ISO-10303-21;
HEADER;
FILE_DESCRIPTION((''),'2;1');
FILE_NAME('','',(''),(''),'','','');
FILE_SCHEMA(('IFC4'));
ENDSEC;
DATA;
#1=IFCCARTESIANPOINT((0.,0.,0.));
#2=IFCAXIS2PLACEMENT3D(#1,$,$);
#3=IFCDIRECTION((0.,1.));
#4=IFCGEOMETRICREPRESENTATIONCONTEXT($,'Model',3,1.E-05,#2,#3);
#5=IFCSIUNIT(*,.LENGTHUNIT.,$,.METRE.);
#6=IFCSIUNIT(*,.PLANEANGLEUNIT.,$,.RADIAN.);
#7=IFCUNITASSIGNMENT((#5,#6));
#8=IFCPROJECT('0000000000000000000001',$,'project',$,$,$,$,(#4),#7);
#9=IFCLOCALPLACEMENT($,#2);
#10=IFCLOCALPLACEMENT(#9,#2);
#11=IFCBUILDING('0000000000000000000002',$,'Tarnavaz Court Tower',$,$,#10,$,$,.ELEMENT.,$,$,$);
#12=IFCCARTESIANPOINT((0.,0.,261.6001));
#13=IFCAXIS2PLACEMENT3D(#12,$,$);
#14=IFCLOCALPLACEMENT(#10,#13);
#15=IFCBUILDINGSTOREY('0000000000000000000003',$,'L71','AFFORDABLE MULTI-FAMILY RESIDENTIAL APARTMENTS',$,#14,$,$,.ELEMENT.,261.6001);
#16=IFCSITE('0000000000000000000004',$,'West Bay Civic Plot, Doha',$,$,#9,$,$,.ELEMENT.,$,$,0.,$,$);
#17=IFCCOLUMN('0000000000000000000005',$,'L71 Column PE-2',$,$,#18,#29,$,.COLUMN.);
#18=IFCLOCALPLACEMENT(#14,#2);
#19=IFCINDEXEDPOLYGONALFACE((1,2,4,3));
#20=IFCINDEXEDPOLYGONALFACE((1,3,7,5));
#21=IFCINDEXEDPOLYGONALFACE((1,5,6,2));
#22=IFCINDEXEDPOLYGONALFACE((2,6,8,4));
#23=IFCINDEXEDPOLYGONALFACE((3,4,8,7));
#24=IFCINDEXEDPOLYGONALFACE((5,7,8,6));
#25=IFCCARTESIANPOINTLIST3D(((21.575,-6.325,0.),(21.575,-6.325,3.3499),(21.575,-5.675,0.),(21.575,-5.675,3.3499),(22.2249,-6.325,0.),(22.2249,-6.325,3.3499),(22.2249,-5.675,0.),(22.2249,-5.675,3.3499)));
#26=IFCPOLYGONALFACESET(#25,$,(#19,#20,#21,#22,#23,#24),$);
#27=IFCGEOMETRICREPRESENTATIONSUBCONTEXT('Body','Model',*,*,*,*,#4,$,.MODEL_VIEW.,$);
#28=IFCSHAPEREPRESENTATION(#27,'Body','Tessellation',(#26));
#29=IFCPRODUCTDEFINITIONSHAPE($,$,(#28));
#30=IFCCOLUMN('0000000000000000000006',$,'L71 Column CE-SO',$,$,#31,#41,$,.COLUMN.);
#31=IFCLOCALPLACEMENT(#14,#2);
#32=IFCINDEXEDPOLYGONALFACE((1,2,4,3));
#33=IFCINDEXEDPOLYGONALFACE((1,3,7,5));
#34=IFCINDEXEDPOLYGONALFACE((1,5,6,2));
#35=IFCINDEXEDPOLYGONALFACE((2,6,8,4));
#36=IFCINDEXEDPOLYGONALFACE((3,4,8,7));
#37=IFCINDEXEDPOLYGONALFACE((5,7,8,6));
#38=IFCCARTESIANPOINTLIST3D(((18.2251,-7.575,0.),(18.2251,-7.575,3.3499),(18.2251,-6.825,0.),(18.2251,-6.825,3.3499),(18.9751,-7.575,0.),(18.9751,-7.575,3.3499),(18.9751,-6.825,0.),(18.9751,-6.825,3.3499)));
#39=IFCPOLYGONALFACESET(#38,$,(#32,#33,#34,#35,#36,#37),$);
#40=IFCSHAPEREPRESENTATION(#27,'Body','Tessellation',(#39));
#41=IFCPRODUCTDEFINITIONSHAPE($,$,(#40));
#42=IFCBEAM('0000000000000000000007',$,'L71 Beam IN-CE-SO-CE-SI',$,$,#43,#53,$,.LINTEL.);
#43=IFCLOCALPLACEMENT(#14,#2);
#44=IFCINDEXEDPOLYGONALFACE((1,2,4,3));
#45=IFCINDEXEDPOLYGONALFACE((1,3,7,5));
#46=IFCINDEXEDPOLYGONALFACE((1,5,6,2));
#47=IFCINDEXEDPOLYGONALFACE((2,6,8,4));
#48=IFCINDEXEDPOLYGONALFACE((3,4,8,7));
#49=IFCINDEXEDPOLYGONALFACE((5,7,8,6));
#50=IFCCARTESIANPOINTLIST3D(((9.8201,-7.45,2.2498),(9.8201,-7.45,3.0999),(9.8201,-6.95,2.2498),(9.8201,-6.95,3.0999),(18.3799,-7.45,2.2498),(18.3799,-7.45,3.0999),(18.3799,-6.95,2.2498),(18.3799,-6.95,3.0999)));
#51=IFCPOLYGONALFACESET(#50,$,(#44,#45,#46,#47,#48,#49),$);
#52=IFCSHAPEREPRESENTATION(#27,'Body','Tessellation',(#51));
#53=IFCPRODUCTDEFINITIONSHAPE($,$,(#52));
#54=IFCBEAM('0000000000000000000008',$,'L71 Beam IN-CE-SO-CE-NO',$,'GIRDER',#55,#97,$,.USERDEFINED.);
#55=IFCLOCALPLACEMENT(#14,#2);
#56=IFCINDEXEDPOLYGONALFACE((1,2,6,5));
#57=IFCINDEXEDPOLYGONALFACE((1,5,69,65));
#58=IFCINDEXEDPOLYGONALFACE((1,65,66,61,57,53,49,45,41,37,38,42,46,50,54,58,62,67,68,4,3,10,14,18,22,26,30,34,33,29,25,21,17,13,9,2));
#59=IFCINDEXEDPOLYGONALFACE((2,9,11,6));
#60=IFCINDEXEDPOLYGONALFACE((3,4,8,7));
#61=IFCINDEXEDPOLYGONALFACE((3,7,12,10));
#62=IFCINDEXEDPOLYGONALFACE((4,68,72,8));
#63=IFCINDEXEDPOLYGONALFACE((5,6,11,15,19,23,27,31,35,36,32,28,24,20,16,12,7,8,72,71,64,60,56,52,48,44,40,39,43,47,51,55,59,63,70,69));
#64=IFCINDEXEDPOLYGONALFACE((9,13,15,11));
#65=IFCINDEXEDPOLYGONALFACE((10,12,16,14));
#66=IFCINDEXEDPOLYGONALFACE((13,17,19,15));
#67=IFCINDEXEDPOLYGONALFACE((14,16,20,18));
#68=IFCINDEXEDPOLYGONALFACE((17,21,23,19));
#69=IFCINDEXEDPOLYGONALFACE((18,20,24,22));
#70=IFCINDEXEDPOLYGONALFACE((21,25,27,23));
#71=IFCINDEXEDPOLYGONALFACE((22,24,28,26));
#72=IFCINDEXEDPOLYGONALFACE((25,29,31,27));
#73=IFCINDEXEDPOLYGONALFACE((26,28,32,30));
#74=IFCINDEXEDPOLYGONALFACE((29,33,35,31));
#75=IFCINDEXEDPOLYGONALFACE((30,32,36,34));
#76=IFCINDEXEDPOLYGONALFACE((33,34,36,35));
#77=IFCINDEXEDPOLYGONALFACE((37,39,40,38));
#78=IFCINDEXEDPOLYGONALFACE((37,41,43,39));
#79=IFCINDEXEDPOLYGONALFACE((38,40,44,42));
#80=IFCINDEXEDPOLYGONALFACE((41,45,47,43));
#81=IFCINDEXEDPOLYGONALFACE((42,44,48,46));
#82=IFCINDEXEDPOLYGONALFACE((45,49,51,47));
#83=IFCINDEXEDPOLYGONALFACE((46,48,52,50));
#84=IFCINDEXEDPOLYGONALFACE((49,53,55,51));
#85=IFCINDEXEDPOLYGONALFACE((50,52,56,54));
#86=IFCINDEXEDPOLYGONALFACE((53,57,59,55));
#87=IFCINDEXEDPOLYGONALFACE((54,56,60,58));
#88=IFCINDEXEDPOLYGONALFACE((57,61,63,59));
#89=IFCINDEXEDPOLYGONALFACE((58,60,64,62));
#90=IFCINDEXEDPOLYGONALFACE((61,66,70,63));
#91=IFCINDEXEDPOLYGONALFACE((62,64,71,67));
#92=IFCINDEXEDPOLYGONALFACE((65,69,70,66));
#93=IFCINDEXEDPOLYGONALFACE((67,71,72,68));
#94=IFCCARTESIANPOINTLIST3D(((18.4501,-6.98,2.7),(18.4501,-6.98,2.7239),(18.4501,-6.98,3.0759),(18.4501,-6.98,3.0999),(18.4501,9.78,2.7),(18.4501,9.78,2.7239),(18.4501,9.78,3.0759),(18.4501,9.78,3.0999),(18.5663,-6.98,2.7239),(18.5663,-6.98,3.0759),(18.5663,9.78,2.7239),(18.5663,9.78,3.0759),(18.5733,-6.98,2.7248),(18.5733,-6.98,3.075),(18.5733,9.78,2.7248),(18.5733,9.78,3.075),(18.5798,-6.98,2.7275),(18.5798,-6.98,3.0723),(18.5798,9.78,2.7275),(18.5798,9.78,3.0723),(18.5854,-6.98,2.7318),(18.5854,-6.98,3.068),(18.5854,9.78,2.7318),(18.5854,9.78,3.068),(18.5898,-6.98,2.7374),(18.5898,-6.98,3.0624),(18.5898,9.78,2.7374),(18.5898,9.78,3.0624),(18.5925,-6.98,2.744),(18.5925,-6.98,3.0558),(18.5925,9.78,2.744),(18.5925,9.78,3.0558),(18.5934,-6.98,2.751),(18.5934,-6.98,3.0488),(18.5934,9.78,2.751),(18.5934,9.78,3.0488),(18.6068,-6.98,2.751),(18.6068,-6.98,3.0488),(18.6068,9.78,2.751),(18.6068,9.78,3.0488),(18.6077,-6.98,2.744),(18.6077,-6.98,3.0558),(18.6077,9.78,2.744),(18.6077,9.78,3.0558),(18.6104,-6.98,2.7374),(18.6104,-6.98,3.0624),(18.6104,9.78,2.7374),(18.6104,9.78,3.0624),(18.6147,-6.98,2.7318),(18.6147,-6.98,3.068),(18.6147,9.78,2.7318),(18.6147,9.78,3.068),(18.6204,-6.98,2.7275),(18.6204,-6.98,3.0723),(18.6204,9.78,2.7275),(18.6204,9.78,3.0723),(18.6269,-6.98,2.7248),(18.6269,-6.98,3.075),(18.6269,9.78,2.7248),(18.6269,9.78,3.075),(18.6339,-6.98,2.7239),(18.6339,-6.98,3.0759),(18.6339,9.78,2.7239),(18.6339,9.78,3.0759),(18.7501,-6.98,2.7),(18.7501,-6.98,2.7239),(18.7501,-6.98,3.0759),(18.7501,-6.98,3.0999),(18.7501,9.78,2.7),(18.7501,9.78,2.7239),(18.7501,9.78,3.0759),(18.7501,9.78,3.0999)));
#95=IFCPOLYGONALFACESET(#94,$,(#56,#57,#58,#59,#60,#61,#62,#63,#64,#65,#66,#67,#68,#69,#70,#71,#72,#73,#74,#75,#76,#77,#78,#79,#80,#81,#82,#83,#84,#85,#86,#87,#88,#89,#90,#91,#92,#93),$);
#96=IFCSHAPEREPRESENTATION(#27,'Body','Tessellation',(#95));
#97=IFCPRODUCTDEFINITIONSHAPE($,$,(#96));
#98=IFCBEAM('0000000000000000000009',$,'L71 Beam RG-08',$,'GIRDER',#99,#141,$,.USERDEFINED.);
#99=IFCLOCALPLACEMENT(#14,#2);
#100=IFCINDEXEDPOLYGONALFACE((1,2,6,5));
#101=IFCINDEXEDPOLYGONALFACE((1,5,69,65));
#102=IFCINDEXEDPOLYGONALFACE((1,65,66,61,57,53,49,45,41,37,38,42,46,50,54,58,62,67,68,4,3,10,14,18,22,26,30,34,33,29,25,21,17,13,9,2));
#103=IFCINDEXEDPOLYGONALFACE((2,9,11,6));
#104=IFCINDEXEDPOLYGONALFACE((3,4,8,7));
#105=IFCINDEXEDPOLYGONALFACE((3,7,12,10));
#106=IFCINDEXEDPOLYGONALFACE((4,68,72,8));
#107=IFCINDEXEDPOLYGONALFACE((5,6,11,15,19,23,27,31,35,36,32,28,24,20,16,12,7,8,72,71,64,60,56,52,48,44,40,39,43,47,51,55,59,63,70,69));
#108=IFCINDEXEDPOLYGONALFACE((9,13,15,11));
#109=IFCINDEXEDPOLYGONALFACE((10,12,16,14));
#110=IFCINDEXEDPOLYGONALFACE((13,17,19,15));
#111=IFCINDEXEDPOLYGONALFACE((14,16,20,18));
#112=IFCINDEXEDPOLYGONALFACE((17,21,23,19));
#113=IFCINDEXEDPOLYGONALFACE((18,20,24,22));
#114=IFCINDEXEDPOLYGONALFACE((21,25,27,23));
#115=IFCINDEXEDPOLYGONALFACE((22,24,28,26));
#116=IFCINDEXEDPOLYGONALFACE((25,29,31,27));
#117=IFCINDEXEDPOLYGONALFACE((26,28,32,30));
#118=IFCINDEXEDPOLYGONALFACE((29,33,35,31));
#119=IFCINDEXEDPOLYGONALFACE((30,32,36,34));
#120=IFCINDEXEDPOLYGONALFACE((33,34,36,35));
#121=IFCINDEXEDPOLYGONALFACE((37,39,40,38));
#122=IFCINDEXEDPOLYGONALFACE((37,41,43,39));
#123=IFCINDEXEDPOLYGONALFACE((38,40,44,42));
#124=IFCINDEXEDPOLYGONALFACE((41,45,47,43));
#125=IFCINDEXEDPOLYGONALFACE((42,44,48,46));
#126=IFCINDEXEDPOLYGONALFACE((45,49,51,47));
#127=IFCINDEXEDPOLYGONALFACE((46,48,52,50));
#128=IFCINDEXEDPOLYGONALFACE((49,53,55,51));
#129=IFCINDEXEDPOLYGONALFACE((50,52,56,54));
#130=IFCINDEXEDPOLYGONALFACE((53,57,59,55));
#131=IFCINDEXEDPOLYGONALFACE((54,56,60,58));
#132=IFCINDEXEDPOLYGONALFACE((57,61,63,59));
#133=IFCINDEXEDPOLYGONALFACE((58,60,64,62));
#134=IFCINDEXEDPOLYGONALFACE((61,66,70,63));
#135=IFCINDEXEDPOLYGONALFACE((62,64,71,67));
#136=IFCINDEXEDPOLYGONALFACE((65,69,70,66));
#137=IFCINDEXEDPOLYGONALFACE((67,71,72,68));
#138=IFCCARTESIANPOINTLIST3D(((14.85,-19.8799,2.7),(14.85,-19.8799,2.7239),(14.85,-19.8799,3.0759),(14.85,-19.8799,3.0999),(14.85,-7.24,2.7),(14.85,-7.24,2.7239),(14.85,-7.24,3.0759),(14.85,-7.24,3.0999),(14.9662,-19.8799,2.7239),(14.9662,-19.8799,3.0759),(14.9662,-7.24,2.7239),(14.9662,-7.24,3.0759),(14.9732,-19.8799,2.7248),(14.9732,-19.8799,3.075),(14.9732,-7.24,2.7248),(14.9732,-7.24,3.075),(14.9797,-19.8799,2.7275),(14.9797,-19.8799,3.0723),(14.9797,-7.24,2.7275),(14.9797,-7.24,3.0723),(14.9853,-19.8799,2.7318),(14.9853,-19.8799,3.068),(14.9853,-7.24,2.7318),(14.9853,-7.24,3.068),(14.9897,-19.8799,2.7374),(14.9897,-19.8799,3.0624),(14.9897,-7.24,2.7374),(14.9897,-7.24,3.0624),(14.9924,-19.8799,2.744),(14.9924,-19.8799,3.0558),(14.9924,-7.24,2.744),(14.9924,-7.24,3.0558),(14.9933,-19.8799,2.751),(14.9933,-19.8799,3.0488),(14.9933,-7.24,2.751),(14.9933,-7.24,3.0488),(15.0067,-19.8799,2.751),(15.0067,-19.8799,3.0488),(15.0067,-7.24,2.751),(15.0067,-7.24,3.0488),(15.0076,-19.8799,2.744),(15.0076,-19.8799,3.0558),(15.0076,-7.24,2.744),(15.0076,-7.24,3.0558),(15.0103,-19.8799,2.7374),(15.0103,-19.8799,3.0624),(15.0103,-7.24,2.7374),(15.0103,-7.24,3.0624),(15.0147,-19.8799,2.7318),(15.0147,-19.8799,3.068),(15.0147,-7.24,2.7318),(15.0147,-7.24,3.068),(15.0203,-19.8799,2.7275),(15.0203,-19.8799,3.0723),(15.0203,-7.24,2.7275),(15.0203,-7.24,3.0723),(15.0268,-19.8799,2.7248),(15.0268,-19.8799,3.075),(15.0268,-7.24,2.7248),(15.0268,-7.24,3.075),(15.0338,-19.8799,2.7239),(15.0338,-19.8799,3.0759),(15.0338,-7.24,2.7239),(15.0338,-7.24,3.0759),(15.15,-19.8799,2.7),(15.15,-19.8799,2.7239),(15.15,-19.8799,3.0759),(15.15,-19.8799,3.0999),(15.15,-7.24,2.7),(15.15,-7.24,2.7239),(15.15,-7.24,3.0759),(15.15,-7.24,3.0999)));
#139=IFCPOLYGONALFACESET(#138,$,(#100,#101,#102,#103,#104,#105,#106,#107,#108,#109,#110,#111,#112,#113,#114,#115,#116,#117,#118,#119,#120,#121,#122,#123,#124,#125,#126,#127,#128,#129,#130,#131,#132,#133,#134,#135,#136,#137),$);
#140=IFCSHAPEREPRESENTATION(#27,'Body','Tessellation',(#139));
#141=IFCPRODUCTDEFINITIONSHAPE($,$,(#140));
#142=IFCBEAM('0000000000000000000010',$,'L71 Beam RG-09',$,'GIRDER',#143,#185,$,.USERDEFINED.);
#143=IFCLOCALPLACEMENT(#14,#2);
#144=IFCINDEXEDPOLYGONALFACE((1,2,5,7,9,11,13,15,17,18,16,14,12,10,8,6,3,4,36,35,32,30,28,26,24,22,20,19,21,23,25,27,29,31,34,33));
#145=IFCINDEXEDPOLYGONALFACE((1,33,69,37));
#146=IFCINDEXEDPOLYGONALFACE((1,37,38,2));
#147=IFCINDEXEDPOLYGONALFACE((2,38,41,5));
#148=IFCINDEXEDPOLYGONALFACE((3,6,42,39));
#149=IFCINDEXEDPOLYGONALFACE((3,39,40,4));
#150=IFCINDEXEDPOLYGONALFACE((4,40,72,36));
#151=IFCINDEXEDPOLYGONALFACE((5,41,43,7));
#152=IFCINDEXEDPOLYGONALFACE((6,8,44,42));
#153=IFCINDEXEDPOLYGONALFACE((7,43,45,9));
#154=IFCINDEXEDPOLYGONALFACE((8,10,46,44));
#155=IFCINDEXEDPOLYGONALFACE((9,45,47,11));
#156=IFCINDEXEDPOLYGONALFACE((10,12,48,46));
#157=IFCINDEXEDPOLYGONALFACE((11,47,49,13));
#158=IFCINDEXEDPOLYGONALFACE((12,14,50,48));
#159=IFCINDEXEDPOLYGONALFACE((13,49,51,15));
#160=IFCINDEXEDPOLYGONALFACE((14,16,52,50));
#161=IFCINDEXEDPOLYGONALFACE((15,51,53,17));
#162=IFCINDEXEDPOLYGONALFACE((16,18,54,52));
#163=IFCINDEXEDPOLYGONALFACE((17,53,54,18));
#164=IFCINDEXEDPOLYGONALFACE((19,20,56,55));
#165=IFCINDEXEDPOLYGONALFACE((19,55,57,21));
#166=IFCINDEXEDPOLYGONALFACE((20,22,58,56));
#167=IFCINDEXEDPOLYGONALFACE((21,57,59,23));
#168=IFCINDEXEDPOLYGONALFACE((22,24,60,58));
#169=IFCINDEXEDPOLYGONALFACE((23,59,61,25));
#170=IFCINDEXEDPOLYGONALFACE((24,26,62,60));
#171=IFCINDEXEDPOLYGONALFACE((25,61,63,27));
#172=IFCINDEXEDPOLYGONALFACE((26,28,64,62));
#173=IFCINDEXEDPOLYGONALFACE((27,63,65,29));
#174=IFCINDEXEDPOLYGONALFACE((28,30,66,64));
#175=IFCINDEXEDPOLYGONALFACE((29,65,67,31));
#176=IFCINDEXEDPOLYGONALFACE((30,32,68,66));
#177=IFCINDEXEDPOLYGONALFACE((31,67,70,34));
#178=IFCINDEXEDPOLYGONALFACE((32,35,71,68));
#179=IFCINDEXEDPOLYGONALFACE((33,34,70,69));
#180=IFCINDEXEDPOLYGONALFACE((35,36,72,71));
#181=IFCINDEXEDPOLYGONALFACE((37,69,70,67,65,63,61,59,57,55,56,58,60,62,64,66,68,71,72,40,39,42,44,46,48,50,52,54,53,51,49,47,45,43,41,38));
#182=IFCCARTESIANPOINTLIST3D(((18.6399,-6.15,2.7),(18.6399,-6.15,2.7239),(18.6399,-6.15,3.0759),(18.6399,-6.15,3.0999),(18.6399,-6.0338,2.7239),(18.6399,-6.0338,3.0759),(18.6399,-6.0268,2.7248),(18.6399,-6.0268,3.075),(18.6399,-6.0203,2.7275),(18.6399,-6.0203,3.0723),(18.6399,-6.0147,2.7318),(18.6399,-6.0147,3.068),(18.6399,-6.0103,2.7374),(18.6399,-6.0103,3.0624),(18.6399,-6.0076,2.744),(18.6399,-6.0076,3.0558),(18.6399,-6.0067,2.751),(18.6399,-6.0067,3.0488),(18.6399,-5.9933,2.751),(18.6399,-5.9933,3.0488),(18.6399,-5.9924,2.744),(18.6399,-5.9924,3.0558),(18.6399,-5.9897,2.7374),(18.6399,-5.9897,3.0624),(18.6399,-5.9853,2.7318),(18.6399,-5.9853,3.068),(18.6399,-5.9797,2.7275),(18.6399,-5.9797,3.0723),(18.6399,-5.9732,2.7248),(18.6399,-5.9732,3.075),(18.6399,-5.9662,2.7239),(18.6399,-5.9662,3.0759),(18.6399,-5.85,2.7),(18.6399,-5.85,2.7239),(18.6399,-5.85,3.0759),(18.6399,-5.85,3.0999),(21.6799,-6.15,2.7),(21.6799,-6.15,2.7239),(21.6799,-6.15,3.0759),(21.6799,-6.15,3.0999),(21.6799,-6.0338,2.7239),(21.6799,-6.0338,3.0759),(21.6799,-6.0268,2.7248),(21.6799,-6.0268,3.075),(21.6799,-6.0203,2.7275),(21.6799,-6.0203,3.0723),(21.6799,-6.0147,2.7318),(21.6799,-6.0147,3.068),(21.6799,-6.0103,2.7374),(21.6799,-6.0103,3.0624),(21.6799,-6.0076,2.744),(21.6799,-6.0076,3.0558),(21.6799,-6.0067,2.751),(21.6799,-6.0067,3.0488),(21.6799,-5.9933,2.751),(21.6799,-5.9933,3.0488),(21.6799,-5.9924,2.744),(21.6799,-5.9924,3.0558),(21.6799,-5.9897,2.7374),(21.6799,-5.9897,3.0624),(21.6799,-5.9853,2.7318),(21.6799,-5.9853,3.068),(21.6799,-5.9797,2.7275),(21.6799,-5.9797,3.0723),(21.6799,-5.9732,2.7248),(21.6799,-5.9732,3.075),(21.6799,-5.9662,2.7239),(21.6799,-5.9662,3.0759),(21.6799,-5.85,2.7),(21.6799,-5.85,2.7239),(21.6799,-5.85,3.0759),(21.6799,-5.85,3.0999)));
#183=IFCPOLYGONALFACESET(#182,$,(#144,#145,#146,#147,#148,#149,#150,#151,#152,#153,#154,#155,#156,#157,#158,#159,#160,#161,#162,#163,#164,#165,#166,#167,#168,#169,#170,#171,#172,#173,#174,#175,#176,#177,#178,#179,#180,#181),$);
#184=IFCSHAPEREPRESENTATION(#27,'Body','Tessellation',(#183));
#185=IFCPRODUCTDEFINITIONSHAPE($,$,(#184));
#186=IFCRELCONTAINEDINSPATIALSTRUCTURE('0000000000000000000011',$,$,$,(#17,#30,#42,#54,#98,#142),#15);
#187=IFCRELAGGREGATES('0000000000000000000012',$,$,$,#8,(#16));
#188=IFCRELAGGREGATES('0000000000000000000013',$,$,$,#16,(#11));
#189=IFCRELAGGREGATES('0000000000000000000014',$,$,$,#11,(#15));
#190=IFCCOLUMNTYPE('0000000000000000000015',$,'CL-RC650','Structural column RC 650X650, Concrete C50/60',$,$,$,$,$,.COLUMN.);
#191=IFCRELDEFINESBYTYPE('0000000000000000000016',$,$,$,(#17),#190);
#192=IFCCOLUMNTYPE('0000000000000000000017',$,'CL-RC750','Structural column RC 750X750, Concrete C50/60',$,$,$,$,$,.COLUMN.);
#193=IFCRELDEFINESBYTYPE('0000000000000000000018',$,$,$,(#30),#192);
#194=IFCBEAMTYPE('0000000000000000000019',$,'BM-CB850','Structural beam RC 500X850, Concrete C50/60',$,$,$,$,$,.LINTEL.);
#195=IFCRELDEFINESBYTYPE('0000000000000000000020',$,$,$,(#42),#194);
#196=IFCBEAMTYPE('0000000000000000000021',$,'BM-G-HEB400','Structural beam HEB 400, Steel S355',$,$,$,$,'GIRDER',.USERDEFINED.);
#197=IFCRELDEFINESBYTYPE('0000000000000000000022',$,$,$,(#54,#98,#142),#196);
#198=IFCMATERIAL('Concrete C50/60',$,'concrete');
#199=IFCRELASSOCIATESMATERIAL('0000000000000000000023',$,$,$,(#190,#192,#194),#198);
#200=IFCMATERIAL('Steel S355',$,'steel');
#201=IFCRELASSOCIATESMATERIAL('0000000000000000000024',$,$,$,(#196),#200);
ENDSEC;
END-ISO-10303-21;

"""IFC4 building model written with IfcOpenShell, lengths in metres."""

from ifc_helpers import new_model, si_unit, direction, frame, origin, origin_2d, place, context, subcontext, project, spatial, rectangle, i_section, extrude, material, material_profile, profile_set, type_object, element, save


model = new_model("IFC4")

# Units and contexts
model_context = context("Model", 3, precision=1e-05, world=origin(), true_north=direction((0.0, 1.0)))
body_context = subcontext(model_context, "Body", "Model", "MODEL_VIEW")
ifc_project = project(units=[si_unit("LENGTHUNIT", "METRE"), si_unit("PLANEANGLEUNIT", "RADIAN")], contexts=[model_context])

# Site, building, storey
site_placement = place(None, origin())
site = spatial("IfcSite", under=ifc_project, at=site_placement, Name="West Bay Civic Plot, Doha", CompositionType="ELEMENT", RefElevation=0.0)
building_placement = place(site_placement, origin())
building = spatial("IfcBuilding", under=site, at=building_placement, Name="Tarnavaz Court Tower", CompositionType="ELEMENT")
storey_placement = place(building_placement, frame((0.0, 0.0, 261.6001)))
storey = spatial("IfcBuildingStorey", under=building, at=storey_placement, Name="L71", Description="AFFORDABLE MULTI-FAMILY RESIDENTIAL APARTMENTS", CompositionType="ELEMENT", Elevation=261.6001)

# Columns
ifc_material_1 = material(Name="Concrete C50/60", Category="concrete")
ifc_material_profile_1 = material_profile(ifc_material_1, rectangle(XDim=0.6499, YDim=0.6499, at=origin_2d()), Name="RC 650X650")
ifc_profile_set_1 = profile_set([ifc_material_profile_1], Name="Concrete C50/60")
column_type_1 = type_object("IfcColumnType", Name="CL-RC650", Description="Structural column RC 650X650, Concrete C50/60", PredefinedType="COLUMN", material=ifc_profile_set_1)
column_1_placement = place(storey_placement, frame((21.8999, -6.0, 0.0), z_axis=(0.0, 0.0, 1.0), x_axis=(1.0, 0.0, 0.0)))
element("IfcColumn", 1, at=column_1_placement, inside=storey, type_object=column_type_1, Name="L71 Column PE-2", PredefinedType="COLUMN", context=body_context, shape_type="SweptSolid", body=[
    extrude(rectangle(XDim=0.6499, YDim=0.6499, at=origin_2d()), origin(), (0.0, 0.0, 1.0), 3.3499),
])
ifc_material_profile_2 = material_profile(ifc_material_1, rectangle(XDim=0.75, YDim=0.75, at=origin_2d()), Name="RC 750X750")
ifc_profile_set_2 = profile_set([ifc_material_profile_2], Name="Concrete C50/60")
column_type_2 = type_object("IfcColumnType", Name="CL-RC750", Description="Structural column RC 750X750, Concrete C50/60", PredefinedType="COLUMN", material=ifc_profile_set_2)
column_2_placement = place(storey_placement, frame((18.6001, -7.2, 0.0), z_axis=(0.0, 0.0, 1.0), x_axis=(1.0, 0.0, 0.0)))
element("IfcColumn", 2, at=column_2_placement, inside=storey, type_object=column_type_2, Name="L71 Column CE-SO", PredefinedType="COLUMN", context=body_context, shape_type="SweptSolid", body=[
    extrude(rectangle(XDim=0.75, YDim=0.75, at=origin_2d()), origin(), (0.0, 0.0, 1.0), 3.3499),
])

# Beams
ifc_material_profile_3 = material_profile(ifc_material_1, rectangle(XDim=0.5, YDim=0.8501, at=origin_2d()), Name="RC 500X850")
ifc_profile_set_3 = profile_set([ifc_material_profile_3], Name="Concrete C50/60")
beam_type_1 = type_object("IfcBeamType", Name="BM-CB850", Description="Structural beam RC 500X850, Concrete C50/60", PredefinedType="LINTEL", material=ifc_profile_set_3)
beam_1_placement = place(storey_placement, frame((18.3799, -7.2, 2.6748), z_axis=(-1.0, 0.0, 0.0), x_axis=(0.0, -1.0, 0.0)))
element("IfcBeam", 3, at=beam_1_placement, inside=storey, type_object=beam_type_1, Name="L71 Beam IN-CE-SO-CE-SI", PredefinedType="LINTEL", context=body_context, shape_type="SweptSolid", body=[
    extrude(rectangle(XDim=0.5, YDim=0.8501, at=origin_2d()), origin(), (0.0, 0.0, 1.0), 8.5598),
])
ifc_material_2 = material(Name="Steel S355", Category="steel")
ifc_material_profile_4 = material_profile(ifc_material_2, i_section(OverallWidth=0.3, OverallDepth=0.3999, WebThickness=0.0134, FlangeThickness=0.0239, FilletRadius=0.0271, at=origin_2d()), Name="HEB 400")
ifc_profile_set_4 = profile_set([ifc_material_profile_4], Name="Steel S355")
beam_type_2 = type_object("IfcBeamType", Name="BM-G-HEB400", Description="Structural beam HEB 400, Steel S355", ElementType="GIRDER", PredefinedType="USERDEFINED", material=ifc_profile_set_4)
beam_2_placement = place(storey_placement, frame((18.6001, -6.98, 2.8999), z_axis=(0.0, 1.0, 0.0), x_axis=(-1.0, 0.0, 0.0)))
element("IfcBeam", 4, at=beam_2_placement, inside=storey, type_object=beam_type_2, Name="L71 Beam IN-CE-SO-CE-NO", ObjectType="GIRDER", PredefinedType="USERDEFINED", context=body_context, shape_type="SweptSolid", body=[
    extrude(i_section(OverallWidth=0.3, OverallDepth=0.3999, WebThickness=0.0134, FlangeThickness=0.0239, FilletRadius=0.0271, at=origin_2d()), origin(), (0.0, 0.0, 1.0), 16.76),
])
beam_3_placement = place(storey_placement, frame((15.0, -7.24, 2.8999), z_axis=(0.0, -1.0, 0.0), x_axis=(1.0, 0.0, 0.0)))
element("IfcBeam", 5, at=beam_3_placement, inside=storey, type_object=beam_type_2, Name="L71 Beam RG-08", ObjectType="GIRDER", PredefinedType="USERDEFINED", context=body_context, shape_type="SweptSolid", body=[
    extrude(i_section(OverallWidth=0.3, OverallDepth=0.3999, WebThickness=0.0134, FlangeThickness=0.0239, FilletRadius=0.0271, at=origin_2d()), origin(), (0.0, 0.0, 1.0), 12.6399),
])
beam_4_placement = place(storey_placement, frame((18.6399, -6.0, 2.8999), z_axis=(1.0, 0.0, 0.0), x_axis=(0.0, 1.0, 0.0)))
element("IfcBeam", 6, at=beam_4_placement, inside=storey, type_object=beam_type_2, Name="L71 Beam RG-09", ObjectType="GIRDER", PredefinedType="USERDEFINED", context=body_context, shape_type="SweptSolid", body=[
    extrude(i_section(OverallWidth=0.3, OverallDepth=0.3999, WebThickness=0.0134, FlangeThickness=0.0239, FilletRadius=0.0271, at=origin_2d()), origin(), (0.0, 0.0, 1.0), 3.04),
])

save(model, "model.ifc")
